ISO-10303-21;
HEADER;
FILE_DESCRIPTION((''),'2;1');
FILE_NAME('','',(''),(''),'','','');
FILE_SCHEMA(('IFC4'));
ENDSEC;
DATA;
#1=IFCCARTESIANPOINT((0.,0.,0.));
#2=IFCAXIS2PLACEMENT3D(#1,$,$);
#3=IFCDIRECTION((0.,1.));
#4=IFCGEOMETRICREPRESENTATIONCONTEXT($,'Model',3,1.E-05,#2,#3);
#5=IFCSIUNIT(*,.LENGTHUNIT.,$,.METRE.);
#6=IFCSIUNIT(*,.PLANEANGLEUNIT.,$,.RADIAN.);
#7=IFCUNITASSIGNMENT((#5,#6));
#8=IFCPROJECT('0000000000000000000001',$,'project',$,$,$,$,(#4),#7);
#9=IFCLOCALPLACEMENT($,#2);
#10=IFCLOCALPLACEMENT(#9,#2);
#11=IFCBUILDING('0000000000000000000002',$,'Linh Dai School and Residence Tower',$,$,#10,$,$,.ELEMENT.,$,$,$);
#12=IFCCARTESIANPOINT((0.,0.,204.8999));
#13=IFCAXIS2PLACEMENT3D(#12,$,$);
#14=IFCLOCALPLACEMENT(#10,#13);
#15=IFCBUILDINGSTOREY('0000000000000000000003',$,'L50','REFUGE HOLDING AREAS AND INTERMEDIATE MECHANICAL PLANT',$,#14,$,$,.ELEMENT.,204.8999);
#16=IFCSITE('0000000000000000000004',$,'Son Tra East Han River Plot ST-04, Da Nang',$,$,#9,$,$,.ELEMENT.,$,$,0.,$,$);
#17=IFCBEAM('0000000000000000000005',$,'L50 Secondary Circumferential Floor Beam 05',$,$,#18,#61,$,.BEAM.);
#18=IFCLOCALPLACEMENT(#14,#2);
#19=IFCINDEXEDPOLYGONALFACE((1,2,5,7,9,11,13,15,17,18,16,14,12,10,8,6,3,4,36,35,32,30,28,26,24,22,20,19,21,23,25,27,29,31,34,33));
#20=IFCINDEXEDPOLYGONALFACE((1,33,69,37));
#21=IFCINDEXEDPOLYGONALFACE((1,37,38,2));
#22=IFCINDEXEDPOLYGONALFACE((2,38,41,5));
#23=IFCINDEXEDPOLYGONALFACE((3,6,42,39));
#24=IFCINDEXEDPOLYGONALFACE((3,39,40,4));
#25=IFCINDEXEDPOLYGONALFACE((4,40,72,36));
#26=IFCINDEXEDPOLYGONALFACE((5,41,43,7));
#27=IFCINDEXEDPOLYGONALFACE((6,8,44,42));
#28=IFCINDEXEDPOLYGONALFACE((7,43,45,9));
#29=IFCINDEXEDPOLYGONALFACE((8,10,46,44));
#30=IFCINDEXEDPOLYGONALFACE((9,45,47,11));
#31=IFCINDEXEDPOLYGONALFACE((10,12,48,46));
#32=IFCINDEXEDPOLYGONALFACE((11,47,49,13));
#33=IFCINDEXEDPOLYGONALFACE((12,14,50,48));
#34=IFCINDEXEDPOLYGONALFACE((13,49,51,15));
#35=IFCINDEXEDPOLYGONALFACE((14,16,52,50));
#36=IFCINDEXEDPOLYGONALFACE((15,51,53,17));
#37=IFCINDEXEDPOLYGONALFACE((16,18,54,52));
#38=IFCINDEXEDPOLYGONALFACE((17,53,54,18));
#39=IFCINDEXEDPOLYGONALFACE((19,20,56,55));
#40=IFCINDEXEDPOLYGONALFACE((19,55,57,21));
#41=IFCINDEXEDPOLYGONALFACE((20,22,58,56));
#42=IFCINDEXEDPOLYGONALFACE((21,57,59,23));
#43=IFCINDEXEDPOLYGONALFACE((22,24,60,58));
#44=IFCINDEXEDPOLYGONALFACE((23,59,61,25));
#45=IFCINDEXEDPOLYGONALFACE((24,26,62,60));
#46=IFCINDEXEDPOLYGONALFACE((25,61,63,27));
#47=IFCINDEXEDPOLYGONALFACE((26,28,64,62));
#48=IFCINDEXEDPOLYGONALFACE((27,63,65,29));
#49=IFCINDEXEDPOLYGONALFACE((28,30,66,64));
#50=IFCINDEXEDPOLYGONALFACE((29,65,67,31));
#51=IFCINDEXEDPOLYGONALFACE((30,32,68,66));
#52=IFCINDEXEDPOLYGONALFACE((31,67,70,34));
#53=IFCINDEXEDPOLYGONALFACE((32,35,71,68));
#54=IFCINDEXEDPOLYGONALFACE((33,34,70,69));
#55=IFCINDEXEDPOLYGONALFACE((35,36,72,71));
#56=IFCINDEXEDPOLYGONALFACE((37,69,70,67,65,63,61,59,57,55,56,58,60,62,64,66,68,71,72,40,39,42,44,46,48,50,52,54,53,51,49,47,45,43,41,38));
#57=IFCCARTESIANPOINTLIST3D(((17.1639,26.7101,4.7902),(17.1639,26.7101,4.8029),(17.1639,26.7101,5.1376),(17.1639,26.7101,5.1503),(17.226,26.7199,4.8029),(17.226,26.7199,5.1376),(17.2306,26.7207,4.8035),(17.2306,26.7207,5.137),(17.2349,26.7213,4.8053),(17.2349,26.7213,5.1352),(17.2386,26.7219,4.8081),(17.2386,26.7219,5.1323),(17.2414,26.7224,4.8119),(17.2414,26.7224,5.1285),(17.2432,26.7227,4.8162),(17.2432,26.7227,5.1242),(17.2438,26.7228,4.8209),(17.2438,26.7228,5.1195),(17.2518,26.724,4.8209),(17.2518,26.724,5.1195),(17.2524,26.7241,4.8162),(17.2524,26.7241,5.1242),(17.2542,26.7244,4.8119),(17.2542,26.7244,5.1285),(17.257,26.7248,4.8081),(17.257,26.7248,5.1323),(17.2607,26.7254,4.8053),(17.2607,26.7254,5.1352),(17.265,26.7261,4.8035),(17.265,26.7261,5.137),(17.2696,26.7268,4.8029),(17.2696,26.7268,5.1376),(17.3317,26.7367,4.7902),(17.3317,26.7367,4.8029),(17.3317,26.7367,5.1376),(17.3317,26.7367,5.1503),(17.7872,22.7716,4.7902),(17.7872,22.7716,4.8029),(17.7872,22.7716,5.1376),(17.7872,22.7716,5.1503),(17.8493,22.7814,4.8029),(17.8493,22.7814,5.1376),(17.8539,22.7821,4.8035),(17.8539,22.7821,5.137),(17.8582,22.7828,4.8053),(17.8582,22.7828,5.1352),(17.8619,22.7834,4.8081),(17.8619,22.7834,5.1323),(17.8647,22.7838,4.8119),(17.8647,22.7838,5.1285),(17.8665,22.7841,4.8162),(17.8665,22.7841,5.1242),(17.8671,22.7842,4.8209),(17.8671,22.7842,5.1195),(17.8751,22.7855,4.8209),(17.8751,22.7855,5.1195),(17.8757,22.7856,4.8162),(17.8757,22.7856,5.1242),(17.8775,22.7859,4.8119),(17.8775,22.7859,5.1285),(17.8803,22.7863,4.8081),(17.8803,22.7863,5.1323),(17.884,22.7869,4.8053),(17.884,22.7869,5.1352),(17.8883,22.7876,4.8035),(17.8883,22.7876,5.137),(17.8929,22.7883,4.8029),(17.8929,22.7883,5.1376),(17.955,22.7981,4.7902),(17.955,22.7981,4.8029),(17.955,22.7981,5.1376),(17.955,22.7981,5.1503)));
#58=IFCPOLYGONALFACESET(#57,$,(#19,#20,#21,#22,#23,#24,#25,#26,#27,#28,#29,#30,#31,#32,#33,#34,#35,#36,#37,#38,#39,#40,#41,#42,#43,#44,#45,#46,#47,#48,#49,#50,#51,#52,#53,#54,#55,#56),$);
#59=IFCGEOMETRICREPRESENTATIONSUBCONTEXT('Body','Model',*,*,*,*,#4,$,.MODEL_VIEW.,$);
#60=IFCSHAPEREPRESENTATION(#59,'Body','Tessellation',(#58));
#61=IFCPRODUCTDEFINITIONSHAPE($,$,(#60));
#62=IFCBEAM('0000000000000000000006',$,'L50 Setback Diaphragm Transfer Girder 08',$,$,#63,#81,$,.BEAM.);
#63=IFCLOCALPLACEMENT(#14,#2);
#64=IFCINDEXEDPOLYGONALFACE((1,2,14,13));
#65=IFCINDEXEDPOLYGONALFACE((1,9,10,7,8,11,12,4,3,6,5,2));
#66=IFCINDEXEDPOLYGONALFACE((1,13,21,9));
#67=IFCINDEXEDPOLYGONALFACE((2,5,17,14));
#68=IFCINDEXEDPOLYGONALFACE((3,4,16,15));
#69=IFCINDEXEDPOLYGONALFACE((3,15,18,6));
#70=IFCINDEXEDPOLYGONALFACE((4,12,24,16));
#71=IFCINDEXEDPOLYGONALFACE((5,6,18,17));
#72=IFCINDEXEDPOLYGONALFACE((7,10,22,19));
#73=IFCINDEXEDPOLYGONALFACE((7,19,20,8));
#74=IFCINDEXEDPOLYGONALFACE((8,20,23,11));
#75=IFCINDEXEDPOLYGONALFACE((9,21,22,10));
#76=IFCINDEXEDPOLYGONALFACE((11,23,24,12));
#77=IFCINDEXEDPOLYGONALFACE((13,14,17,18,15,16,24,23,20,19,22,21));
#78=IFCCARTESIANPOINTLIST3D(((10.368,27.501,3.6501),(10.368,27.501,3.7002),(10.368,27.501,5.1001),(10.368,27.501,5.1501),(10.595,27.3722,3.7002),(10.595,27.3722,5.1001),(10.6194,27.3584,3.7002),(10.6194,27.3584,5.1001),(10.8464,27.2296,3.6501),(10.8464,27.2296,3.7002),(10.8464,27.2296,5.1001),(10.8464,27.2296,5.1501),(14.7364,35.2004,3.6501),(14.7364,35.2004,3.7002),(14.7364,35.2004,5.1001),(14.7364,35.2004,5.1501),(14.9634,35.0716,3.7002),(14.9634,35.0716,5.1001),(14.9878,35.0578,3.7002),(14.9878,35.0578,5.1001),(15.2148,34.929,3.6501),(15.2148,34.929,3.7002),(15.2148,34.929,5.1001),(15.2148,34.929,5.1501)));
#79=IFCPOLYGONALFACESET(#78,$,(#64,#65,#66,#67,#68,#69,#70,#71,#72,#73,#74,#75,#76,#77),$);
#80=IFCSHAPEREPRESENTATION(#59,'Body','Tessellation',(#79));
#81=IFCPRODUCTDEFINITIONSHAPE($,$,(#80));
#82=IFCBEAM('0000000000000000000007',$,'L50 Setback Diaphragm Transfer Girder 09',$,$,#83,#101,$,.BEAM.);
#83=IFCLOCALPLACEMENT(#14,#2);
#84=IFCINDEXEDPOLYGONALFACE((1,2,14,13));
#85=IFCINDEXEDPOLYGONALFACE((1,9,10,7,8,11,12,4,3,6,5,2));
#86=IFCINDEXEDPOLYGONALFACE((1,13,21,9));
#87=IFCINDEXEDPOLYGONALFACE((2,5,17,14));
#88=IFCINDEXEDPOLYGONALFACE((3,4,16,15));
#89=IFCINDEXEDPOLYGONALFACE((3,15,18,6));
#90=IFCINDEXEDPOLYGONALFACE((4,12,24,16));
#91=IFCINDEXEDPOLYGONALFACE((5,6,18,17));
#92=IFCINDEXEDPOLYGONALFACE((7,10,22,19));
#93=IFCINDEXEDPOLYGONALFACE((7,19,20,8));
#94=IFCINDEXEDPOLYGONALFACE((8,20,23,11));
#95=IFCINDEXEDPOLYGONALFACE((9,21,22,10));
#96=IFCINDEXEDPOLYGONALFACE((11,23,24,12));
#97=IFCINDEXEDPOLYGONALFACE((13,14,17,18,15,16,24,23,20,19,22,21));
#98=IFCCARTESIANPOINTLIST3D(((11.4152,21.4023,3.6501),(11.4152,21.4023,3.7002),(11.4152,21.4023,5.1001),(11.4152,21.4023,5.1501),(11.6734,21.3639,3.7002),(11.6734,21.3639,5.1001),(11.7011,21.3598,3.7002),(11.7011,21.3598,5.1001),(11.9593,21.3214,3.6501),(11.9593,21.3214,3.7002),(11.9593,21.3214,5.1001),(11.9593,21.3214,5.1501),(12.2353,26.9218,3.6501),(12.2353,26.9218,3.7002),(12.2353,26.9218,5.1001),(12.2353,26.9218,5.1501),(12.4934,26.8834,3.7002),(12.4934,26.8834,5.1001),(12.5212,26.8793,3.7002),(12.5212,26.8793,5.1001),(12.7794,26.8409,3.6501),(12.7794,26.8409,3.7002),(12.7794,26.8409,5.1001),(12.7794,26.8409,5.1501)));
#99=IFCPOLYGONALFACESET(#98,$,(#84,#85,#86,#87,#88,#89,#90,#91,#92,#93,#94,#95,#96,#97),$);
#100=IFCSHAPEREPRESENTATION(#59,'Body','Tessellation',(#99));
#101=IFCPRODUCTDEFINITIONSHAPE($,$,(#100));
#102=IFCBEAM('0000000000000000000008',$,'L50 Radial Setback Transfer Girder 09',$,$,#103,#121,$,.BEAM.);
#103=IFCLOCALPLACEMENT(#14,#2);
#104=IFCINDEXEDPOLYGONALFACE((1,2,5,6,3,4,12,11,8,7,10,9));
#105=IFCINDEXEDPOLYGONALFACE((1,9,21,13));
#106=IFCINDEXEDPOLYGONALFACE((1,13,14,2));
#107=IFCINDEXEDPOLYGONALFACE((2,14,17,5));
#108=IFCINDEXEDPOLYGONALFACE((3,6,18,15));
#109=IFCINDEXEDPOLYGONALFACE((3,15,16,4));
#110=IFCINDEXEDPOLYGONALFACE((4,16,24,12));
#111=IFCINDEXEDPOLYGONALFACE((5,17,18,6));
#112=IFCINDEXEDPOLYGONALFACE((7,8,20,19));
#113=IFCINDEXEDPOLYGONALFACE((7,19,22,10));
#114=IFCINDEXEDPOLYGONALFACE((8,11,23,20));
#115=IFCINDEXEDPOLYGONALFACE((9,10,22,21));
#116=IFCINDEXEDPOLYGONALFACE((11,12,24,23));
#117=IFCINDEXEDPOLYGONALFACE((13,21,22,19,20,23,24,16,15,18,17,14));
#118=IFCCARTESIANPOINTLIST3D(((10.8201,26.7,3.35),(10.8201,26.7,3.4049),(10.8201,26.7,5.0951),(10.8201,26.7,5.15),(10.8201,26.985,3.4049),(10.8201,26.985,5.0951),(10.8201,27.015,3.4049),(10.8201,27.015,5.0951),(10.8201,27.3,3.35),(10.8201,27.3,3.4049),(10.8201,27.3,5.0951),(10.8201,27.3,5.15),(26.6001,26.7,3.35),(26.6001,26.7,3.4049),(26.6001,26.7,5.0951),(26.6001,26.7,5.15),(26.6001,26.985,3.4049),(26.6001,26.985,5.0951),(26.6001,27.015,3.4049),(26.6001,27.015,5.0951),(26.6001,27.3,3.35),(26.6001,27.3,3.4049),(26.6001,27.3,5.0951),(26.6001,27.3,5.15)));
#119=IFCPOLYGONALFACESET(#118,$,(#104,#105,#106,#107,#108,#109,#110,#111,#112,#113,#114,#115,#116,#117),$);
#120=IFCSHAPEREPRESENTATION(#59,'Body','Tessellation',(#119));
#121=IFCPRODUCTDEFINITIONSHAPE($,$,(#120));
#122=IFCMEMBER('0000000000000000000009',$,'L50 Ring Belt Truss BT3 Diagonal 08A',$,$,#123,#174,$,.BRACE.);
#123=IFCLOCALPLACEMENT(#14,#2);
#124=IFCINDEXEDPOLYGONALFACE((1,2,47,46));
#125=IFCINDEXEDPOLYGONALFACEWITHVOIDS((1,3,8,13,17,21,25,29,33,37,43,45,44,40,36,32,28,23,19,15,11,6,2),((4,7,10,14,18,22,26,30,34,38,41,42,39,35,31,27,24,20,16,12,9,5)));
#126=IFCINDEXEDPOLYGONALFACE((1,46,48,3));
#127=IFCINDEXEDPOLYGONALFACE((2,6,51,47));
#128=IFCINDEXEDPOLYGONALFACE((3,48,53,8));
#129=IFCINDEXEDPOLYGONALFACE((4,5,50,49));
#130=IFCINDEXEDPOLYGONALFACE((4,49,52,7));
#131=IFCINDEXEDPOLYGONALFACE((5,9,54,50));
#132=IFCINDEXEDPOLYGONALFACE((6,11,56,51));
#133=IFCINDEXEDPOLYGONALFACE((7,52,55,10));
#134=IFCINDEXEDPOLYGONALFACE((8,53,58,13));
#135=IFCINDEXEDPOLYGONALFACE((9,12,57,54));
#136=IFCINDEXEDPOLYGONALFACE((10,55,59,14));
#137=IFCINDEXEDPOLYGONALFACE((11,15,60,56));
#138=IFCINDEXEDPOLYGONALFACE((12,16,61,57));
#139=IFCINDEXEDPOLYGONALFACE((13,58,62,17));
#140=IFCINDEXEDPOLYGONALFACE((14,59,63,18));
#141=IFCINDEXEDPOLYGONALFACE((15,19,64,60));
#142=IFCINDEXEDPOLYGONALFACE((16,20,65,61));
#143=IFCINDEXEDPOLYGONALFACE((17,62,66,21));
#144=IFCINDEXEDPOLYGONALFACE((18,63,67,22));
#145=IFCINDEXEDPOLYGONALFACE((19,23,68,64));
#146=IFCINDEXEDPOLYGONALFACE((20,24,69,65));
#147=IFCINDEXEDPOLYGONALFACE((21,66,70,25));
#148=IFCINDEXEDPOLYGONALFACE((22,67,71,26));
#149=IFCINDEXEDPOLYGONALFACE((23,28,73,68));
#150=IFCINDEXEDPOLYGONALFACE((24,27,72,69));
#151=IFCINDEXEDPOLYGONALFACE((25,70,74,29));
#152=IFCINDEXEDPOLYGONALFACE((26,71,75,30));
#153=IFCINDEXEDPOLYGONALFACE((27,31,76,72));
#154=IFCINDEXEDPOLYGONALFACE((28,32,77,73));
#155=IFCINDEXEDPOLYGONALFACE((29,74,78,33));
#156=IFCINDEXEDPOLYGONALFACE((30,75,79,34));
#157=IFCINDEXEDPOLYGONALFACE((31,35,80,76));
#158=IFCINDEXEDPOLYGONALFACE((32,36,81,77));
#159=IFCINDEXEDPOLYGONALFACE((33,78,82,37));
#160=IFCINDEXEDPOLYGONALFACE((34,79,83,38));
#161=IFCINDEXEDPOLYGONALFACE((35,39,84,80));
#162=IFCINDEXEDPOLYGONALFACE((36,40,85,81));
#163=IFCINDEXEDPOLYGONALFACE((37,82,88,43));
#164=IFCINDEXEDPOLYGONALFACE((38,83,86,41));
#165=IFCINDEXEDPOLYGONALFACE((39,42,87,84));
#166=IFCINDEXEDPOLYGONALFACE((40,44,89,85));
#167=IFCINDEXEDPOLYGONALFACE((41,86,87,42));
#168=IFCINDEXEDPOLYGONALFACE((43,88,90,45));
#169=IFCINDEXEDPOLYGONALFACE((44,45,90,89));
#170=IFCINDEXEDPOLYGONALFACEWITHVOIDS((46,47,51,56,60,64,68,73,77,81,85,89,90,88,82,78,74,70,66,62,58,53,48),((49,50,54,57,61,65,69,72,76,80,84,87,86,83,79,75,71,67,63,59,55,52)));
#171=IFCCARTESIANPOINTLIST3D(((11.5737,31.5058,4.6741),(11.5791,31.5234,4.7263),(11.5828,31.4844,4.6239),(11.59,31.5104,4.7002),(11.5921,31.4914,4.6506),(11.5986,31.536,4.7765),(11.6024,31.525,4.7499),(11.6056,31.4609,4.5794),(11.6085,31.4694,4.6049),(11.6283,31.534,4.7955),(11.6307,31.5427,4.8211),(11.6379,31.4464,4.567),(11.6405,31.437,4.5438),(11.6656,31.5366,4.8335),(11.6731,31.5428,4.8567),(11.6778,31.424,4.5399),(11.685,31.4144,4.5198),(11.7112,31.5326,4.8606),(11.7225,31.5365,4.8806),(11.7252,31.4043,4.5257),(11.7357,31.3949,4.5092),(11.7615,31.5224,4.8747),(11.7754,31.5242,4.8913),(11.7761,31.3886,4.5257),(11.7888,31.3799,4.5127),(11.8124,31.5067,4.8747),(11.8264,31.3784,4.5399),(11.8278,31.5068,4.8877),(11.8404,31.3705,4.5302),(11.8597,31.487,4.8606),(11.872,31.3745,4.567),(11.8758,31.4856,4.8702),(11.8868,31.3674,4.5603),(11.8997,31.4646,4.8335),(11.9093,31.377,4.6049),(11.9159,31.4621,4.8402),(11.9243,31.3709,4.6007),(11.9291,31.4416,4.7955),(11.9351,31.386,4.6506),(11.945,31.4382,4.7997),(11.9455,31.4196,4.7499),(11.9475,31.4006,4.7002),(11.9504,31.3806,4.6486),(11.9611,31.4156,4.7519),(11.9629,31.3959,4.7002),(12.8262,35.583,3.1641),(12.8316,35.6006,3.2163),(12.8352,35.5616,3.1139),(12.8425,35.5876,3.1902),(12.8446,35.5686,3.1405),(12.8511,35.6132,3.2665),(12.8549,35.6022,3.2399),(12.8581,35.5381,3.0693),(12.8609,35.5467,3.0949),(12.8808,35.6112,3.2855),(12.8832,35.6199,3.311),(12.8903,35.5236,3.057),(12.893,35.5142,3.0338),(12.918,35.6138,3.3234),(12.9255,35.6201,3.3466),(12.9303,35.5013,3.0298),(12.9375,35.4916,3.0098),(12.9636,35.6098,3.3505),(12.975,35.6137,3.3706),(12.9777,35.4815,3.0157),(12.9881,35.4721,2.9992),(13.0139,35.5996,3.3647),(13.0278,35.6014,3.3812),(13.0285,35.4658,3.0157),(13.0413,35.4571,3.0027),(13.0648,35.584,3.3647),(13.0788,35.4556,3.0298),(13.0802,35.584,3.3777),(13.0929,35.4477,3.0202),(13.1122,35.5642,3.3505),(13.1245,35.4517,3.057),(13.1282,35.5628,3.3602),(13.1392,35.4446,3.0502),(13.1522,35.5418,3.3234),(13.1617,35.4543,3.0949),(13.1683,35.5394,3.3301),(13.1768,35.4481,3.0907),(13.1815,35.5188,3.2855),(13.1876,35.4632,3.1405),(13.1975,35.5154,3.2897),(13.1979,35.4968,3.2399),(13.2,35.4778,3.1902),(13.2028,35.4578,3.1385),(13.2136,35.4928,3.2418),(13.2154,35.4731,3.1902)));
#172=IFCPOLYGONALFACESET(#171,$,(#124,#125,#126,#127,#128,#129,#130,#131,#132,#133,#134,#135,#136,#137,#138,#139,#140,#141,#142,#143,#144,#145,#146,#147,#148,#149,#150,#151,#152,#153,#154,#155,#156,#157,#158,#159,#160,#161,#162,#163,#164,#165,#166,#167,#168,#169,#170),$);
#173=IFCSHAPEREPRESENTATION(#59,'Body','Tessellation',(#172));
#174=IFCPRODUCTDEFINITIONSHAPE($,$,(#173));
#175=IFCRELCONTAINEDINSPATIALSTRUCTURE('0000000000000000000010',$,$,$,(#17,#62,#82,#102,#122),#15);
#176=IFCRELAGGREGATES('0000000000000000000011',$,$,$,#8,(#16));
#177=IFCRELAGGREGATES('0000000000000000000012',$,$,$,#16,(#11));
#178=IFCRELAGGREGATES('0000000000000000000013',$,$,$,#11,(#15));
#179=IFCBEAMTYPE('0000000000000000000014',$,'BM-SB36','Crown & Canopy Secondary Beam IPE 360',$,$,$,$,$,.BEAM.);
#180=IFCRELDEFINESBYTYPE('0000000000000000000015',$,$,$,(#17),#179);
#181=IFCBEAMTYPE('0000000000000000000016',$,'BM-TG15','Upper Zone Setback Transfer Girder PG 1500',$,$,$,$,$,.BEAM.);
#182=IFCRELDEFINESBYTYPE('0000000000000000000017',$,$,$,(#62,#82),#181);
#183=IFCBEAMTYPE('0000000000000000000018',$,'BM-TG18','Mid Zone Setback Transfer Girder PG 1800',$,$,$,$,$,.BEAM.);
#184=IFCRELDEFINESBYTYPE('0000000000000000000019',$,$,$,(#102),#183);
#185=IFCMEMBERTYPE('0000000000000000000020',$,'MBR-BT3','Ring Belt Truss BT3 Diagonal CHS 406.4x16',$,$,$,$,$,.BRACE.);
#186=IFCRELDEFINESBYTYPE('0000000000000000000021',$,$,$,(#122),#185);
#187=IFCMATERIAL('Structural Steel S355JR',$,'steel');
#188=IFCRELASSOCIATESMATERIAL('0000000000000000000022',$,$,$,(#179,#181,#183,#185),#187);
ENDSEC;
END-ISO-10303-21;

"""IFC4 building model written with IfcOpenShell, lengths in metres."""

from ifc_helpers import new_model, si_unit, direction, frame, origin, origin_2d, place, context, subcontext, project, spatial, hollow_circle, i_section, extrude, material, material_profile, profile_set, type_object, element, save


model = new_model("IFC4")

# Units and contexts
model_context = context("Model", 3, precision=1e-05, world=origin(), true_north=direction((0.0, 1.0)))
body_context = subcontext(model_context, "Body", "Model", "MODEL_VIEW")
ifc_project = project(units=[si_unit("LENGTHUNIT", "METRE"), si_unit("PLANEANGLEUNIT", "RADIAN")], contexts=[model_context])

# Site, building, storey
site_placement = place(None, origin())
site = spatial("IfcSite", under=ifc_project, at=site_placement, Name="Son Tra East Han River Plot ST-04, Da Nang", CompositionType="ELEMENT", RefElevation=0.0)
building_placement = place(site_placement, origin())
building = spatial("IfcBuilding", under=site, at=building_placement, Name="Linh Dai School and Residence Tower", CompositionType="ELEMENT")
storey_placement = place(building_placement, frame((0.0, 0.0, 204.8999)))
storey = spatial("IfcBuildingStorey", under=building, at=storey_placement, Name="L50", Description="REFUGE HOLDING AREAS AND INTERMEDIATE MECHANICAL PLANT", CompositionType="ELEMENT", Elevation=204.8999)

# Shared definitions
ifc_material_1 = material(Name="Structural Steel S355JR", Category="steel")

# Beams
ifc_material_profile_1 = material_profile(ifc_material_1, i_section(OverallWidth=0.1699, OverallDepth=0.3601, WebThickness=0.0081, FlangeThickness=0.0127, FilletRadius=0.0181, at=origin_2d()), Name="IPE 360")
ifc_profile_set_1 = profile_set([ifc_material_profile_1], Name="Structural Steel S355JR")
beam_type_1 = type_object("IfcBeamType", Name="BM-SB36", Description="Crown & Canopy Secondary Beam IPE 360", PredefinedType="BEAM", material=ifc_profile_set_1)
beam_1_placement = place(storey_placement, frame((17.2478, 26.7234, 4.9702), z_axis=(0.156312, -0.987708, 0.0), x_axis=(0.987708, 0.156312, 0.0)))
element("IfcBeam", 1, at=beam_1_placement, inside=storey, type_object=beam_type_1, Name="L50 Secondary Circumferential Floor Beam 05", PredefinedType="BEAM", context=body_context, shape_type="SweptSolid", body=[
    extrude(i_section(OverallWidth=0.1699, OverallDepth=0.3601, WebThickness=0.0081, FlangeThickness=0.0127, FilletRadius=0.0181, at=origin_2d()), origin(), (0.0, 0.0, 1.0), 3.9875),
])
ifc_material_profile_2 = material_profile(ifc_material_1, i_section(OverallWidth=0.55, OverallDepth=1.5, WebThickness=0.0281, FlangeThickness=0.05, at=origin_2d()), Name="PG 1500x550x28x50")
ifc_profile_set_2 = profile_set([ifc_material_profile_2], Name="Structural Steel S355JR")
beam_type_2 = type_object("IfcBeamType", Name="BM-TG15", Description="Upper Zone Setback Transfer Girder PG 1500", PredefinedType="BEAM", material=ifc_profile_set_2)
beam_2_placement = place(storey_placement, frame((14.9756, 35.0647, 4.4001), z_axis=(-0.493472, -0.869761, 0.0), x_axis=(0.869761, -0.493472, 0.0)))
element("IfcBeam", 2, at=beam_2_placement, inside=storey, type_object=beam_type_2, Name="L50 Setback Diaphragm Transfer Girder 08", PredefinedType="BEAM", context=body_context, shape_type="SweptSolid", body=[
    extrude(i_section(OverallWidth=0.55, OverallDepth=1.5, WebThickness=0.0281, FlangeThickness=0.05, at=origin_2d()), origin(), (0.0, 0.0, 1.0), 8.8523),
])
beam_3_placement = place(storey_placement, frame((12.5073, 26.8813, 4.4001), z_axis=(-0.146962, -0.989142, 0.0), x_axis=(0.989142, -0.146962, 0.0)))
element("IfcBeam", 3, at=beam_3_placement, inside=storey, type_object=beam_type_2, Name="L50 Setback Diaphragm Transfer Girder 09", PredefinedType="BEAM", context=body_context, shape_type="SweptSolid", body=[
    extrude(i_section(OverallWidth=0.55, OverallDepth=1.5, WebThickness=0.0281, FlangeThickness=0.05, at=origin_2d()), origin(), (0.0, 0.0, 1.0), 5.5801),
])
ifc_material_profile_3 = material_profile(ifc_material_1, i_section(OverallWidth=0.6001, OverallDepth=1.8, WebThickness=0.03, FlangeThickness=0.0549, at=origin_2d()), Name="PG 1800x600x30x55")
ifc_profile_set_3 = profile_set([ifc_material_profile_3], Name="Structural Steel S355JR")
beam_type_3 = type_object("IfcBeamType", Name="BM-TG18", Description="Mid Zone Setback Transfer Girder PG 1800", PredefinedType="BEAM", material=ifc_profile_set_3)
beam_4_placement = place(storey_placement, frame((26.6001, 27.0, 4.25), z_axis=(-1.0, 0.0, 0.0), x_axis=(0.0, -1.0, 0.0)))
element("IfcBeam", 4, at=beam_4_placement, inside=storey, type_object=beam_type_3, Name="L50 Radial Setback Transfer Girder 09", PredefinedType="BEAM", context=body_context, shape_type="SweptSolid", body=[
    extrude(i_section(OverallWidth=0.6001, OverallDepth=1.8, WebThickness=0.03, FlangeThickness=0.0549, at=origin_2d()), origin(), (0.0, 0.0, 1.0), 15.78),
])

# Member
ifc_material_profile_4 = material_profile(ifc_material_1, hollow_circle(Radius=0.2031, WallThickness=0.0161, at=origin_2d()), Name="CHS 406.4x16")
ifc_profile_set_4 = profile_set([ifc_material_profile_4], Name="Structural Steel S355JR")
member_type_1 = type_object("IfcMemberType", Name="MBR-BT3", Description="Ring Belt Truss BT3 Diagonal CHS 406.4x16", PredefinedType="BRACE", material=ifc_profile_set_4)
for number, where, z_axis, x_axis, name in (
    (5, (13.0212, 35.5327, 3.1902), (-0.276808, -0.90111, 0.333734), (0.955915, -0.293643, 0.0), "L50 Ring Belt Truss BT3 Diagonal 08A"),
):
    element("IfcMember", number, at=place(storey_placement, frame(where, z_axis=z_axis, x_axis=x_axis)), inside=storey, type_object=member_type_1, Name=name, PredefinedType="BRACE", context=body_context, shape_type="SweptSolid", body=[
        extrude(hollow_circle(Radius=0.2031, WallThickness=0.0161, at=origin_2d()), origin(), (0.0, 0.0, 1.0), 4.5247),
    ])

save(model, "model.ifc")
